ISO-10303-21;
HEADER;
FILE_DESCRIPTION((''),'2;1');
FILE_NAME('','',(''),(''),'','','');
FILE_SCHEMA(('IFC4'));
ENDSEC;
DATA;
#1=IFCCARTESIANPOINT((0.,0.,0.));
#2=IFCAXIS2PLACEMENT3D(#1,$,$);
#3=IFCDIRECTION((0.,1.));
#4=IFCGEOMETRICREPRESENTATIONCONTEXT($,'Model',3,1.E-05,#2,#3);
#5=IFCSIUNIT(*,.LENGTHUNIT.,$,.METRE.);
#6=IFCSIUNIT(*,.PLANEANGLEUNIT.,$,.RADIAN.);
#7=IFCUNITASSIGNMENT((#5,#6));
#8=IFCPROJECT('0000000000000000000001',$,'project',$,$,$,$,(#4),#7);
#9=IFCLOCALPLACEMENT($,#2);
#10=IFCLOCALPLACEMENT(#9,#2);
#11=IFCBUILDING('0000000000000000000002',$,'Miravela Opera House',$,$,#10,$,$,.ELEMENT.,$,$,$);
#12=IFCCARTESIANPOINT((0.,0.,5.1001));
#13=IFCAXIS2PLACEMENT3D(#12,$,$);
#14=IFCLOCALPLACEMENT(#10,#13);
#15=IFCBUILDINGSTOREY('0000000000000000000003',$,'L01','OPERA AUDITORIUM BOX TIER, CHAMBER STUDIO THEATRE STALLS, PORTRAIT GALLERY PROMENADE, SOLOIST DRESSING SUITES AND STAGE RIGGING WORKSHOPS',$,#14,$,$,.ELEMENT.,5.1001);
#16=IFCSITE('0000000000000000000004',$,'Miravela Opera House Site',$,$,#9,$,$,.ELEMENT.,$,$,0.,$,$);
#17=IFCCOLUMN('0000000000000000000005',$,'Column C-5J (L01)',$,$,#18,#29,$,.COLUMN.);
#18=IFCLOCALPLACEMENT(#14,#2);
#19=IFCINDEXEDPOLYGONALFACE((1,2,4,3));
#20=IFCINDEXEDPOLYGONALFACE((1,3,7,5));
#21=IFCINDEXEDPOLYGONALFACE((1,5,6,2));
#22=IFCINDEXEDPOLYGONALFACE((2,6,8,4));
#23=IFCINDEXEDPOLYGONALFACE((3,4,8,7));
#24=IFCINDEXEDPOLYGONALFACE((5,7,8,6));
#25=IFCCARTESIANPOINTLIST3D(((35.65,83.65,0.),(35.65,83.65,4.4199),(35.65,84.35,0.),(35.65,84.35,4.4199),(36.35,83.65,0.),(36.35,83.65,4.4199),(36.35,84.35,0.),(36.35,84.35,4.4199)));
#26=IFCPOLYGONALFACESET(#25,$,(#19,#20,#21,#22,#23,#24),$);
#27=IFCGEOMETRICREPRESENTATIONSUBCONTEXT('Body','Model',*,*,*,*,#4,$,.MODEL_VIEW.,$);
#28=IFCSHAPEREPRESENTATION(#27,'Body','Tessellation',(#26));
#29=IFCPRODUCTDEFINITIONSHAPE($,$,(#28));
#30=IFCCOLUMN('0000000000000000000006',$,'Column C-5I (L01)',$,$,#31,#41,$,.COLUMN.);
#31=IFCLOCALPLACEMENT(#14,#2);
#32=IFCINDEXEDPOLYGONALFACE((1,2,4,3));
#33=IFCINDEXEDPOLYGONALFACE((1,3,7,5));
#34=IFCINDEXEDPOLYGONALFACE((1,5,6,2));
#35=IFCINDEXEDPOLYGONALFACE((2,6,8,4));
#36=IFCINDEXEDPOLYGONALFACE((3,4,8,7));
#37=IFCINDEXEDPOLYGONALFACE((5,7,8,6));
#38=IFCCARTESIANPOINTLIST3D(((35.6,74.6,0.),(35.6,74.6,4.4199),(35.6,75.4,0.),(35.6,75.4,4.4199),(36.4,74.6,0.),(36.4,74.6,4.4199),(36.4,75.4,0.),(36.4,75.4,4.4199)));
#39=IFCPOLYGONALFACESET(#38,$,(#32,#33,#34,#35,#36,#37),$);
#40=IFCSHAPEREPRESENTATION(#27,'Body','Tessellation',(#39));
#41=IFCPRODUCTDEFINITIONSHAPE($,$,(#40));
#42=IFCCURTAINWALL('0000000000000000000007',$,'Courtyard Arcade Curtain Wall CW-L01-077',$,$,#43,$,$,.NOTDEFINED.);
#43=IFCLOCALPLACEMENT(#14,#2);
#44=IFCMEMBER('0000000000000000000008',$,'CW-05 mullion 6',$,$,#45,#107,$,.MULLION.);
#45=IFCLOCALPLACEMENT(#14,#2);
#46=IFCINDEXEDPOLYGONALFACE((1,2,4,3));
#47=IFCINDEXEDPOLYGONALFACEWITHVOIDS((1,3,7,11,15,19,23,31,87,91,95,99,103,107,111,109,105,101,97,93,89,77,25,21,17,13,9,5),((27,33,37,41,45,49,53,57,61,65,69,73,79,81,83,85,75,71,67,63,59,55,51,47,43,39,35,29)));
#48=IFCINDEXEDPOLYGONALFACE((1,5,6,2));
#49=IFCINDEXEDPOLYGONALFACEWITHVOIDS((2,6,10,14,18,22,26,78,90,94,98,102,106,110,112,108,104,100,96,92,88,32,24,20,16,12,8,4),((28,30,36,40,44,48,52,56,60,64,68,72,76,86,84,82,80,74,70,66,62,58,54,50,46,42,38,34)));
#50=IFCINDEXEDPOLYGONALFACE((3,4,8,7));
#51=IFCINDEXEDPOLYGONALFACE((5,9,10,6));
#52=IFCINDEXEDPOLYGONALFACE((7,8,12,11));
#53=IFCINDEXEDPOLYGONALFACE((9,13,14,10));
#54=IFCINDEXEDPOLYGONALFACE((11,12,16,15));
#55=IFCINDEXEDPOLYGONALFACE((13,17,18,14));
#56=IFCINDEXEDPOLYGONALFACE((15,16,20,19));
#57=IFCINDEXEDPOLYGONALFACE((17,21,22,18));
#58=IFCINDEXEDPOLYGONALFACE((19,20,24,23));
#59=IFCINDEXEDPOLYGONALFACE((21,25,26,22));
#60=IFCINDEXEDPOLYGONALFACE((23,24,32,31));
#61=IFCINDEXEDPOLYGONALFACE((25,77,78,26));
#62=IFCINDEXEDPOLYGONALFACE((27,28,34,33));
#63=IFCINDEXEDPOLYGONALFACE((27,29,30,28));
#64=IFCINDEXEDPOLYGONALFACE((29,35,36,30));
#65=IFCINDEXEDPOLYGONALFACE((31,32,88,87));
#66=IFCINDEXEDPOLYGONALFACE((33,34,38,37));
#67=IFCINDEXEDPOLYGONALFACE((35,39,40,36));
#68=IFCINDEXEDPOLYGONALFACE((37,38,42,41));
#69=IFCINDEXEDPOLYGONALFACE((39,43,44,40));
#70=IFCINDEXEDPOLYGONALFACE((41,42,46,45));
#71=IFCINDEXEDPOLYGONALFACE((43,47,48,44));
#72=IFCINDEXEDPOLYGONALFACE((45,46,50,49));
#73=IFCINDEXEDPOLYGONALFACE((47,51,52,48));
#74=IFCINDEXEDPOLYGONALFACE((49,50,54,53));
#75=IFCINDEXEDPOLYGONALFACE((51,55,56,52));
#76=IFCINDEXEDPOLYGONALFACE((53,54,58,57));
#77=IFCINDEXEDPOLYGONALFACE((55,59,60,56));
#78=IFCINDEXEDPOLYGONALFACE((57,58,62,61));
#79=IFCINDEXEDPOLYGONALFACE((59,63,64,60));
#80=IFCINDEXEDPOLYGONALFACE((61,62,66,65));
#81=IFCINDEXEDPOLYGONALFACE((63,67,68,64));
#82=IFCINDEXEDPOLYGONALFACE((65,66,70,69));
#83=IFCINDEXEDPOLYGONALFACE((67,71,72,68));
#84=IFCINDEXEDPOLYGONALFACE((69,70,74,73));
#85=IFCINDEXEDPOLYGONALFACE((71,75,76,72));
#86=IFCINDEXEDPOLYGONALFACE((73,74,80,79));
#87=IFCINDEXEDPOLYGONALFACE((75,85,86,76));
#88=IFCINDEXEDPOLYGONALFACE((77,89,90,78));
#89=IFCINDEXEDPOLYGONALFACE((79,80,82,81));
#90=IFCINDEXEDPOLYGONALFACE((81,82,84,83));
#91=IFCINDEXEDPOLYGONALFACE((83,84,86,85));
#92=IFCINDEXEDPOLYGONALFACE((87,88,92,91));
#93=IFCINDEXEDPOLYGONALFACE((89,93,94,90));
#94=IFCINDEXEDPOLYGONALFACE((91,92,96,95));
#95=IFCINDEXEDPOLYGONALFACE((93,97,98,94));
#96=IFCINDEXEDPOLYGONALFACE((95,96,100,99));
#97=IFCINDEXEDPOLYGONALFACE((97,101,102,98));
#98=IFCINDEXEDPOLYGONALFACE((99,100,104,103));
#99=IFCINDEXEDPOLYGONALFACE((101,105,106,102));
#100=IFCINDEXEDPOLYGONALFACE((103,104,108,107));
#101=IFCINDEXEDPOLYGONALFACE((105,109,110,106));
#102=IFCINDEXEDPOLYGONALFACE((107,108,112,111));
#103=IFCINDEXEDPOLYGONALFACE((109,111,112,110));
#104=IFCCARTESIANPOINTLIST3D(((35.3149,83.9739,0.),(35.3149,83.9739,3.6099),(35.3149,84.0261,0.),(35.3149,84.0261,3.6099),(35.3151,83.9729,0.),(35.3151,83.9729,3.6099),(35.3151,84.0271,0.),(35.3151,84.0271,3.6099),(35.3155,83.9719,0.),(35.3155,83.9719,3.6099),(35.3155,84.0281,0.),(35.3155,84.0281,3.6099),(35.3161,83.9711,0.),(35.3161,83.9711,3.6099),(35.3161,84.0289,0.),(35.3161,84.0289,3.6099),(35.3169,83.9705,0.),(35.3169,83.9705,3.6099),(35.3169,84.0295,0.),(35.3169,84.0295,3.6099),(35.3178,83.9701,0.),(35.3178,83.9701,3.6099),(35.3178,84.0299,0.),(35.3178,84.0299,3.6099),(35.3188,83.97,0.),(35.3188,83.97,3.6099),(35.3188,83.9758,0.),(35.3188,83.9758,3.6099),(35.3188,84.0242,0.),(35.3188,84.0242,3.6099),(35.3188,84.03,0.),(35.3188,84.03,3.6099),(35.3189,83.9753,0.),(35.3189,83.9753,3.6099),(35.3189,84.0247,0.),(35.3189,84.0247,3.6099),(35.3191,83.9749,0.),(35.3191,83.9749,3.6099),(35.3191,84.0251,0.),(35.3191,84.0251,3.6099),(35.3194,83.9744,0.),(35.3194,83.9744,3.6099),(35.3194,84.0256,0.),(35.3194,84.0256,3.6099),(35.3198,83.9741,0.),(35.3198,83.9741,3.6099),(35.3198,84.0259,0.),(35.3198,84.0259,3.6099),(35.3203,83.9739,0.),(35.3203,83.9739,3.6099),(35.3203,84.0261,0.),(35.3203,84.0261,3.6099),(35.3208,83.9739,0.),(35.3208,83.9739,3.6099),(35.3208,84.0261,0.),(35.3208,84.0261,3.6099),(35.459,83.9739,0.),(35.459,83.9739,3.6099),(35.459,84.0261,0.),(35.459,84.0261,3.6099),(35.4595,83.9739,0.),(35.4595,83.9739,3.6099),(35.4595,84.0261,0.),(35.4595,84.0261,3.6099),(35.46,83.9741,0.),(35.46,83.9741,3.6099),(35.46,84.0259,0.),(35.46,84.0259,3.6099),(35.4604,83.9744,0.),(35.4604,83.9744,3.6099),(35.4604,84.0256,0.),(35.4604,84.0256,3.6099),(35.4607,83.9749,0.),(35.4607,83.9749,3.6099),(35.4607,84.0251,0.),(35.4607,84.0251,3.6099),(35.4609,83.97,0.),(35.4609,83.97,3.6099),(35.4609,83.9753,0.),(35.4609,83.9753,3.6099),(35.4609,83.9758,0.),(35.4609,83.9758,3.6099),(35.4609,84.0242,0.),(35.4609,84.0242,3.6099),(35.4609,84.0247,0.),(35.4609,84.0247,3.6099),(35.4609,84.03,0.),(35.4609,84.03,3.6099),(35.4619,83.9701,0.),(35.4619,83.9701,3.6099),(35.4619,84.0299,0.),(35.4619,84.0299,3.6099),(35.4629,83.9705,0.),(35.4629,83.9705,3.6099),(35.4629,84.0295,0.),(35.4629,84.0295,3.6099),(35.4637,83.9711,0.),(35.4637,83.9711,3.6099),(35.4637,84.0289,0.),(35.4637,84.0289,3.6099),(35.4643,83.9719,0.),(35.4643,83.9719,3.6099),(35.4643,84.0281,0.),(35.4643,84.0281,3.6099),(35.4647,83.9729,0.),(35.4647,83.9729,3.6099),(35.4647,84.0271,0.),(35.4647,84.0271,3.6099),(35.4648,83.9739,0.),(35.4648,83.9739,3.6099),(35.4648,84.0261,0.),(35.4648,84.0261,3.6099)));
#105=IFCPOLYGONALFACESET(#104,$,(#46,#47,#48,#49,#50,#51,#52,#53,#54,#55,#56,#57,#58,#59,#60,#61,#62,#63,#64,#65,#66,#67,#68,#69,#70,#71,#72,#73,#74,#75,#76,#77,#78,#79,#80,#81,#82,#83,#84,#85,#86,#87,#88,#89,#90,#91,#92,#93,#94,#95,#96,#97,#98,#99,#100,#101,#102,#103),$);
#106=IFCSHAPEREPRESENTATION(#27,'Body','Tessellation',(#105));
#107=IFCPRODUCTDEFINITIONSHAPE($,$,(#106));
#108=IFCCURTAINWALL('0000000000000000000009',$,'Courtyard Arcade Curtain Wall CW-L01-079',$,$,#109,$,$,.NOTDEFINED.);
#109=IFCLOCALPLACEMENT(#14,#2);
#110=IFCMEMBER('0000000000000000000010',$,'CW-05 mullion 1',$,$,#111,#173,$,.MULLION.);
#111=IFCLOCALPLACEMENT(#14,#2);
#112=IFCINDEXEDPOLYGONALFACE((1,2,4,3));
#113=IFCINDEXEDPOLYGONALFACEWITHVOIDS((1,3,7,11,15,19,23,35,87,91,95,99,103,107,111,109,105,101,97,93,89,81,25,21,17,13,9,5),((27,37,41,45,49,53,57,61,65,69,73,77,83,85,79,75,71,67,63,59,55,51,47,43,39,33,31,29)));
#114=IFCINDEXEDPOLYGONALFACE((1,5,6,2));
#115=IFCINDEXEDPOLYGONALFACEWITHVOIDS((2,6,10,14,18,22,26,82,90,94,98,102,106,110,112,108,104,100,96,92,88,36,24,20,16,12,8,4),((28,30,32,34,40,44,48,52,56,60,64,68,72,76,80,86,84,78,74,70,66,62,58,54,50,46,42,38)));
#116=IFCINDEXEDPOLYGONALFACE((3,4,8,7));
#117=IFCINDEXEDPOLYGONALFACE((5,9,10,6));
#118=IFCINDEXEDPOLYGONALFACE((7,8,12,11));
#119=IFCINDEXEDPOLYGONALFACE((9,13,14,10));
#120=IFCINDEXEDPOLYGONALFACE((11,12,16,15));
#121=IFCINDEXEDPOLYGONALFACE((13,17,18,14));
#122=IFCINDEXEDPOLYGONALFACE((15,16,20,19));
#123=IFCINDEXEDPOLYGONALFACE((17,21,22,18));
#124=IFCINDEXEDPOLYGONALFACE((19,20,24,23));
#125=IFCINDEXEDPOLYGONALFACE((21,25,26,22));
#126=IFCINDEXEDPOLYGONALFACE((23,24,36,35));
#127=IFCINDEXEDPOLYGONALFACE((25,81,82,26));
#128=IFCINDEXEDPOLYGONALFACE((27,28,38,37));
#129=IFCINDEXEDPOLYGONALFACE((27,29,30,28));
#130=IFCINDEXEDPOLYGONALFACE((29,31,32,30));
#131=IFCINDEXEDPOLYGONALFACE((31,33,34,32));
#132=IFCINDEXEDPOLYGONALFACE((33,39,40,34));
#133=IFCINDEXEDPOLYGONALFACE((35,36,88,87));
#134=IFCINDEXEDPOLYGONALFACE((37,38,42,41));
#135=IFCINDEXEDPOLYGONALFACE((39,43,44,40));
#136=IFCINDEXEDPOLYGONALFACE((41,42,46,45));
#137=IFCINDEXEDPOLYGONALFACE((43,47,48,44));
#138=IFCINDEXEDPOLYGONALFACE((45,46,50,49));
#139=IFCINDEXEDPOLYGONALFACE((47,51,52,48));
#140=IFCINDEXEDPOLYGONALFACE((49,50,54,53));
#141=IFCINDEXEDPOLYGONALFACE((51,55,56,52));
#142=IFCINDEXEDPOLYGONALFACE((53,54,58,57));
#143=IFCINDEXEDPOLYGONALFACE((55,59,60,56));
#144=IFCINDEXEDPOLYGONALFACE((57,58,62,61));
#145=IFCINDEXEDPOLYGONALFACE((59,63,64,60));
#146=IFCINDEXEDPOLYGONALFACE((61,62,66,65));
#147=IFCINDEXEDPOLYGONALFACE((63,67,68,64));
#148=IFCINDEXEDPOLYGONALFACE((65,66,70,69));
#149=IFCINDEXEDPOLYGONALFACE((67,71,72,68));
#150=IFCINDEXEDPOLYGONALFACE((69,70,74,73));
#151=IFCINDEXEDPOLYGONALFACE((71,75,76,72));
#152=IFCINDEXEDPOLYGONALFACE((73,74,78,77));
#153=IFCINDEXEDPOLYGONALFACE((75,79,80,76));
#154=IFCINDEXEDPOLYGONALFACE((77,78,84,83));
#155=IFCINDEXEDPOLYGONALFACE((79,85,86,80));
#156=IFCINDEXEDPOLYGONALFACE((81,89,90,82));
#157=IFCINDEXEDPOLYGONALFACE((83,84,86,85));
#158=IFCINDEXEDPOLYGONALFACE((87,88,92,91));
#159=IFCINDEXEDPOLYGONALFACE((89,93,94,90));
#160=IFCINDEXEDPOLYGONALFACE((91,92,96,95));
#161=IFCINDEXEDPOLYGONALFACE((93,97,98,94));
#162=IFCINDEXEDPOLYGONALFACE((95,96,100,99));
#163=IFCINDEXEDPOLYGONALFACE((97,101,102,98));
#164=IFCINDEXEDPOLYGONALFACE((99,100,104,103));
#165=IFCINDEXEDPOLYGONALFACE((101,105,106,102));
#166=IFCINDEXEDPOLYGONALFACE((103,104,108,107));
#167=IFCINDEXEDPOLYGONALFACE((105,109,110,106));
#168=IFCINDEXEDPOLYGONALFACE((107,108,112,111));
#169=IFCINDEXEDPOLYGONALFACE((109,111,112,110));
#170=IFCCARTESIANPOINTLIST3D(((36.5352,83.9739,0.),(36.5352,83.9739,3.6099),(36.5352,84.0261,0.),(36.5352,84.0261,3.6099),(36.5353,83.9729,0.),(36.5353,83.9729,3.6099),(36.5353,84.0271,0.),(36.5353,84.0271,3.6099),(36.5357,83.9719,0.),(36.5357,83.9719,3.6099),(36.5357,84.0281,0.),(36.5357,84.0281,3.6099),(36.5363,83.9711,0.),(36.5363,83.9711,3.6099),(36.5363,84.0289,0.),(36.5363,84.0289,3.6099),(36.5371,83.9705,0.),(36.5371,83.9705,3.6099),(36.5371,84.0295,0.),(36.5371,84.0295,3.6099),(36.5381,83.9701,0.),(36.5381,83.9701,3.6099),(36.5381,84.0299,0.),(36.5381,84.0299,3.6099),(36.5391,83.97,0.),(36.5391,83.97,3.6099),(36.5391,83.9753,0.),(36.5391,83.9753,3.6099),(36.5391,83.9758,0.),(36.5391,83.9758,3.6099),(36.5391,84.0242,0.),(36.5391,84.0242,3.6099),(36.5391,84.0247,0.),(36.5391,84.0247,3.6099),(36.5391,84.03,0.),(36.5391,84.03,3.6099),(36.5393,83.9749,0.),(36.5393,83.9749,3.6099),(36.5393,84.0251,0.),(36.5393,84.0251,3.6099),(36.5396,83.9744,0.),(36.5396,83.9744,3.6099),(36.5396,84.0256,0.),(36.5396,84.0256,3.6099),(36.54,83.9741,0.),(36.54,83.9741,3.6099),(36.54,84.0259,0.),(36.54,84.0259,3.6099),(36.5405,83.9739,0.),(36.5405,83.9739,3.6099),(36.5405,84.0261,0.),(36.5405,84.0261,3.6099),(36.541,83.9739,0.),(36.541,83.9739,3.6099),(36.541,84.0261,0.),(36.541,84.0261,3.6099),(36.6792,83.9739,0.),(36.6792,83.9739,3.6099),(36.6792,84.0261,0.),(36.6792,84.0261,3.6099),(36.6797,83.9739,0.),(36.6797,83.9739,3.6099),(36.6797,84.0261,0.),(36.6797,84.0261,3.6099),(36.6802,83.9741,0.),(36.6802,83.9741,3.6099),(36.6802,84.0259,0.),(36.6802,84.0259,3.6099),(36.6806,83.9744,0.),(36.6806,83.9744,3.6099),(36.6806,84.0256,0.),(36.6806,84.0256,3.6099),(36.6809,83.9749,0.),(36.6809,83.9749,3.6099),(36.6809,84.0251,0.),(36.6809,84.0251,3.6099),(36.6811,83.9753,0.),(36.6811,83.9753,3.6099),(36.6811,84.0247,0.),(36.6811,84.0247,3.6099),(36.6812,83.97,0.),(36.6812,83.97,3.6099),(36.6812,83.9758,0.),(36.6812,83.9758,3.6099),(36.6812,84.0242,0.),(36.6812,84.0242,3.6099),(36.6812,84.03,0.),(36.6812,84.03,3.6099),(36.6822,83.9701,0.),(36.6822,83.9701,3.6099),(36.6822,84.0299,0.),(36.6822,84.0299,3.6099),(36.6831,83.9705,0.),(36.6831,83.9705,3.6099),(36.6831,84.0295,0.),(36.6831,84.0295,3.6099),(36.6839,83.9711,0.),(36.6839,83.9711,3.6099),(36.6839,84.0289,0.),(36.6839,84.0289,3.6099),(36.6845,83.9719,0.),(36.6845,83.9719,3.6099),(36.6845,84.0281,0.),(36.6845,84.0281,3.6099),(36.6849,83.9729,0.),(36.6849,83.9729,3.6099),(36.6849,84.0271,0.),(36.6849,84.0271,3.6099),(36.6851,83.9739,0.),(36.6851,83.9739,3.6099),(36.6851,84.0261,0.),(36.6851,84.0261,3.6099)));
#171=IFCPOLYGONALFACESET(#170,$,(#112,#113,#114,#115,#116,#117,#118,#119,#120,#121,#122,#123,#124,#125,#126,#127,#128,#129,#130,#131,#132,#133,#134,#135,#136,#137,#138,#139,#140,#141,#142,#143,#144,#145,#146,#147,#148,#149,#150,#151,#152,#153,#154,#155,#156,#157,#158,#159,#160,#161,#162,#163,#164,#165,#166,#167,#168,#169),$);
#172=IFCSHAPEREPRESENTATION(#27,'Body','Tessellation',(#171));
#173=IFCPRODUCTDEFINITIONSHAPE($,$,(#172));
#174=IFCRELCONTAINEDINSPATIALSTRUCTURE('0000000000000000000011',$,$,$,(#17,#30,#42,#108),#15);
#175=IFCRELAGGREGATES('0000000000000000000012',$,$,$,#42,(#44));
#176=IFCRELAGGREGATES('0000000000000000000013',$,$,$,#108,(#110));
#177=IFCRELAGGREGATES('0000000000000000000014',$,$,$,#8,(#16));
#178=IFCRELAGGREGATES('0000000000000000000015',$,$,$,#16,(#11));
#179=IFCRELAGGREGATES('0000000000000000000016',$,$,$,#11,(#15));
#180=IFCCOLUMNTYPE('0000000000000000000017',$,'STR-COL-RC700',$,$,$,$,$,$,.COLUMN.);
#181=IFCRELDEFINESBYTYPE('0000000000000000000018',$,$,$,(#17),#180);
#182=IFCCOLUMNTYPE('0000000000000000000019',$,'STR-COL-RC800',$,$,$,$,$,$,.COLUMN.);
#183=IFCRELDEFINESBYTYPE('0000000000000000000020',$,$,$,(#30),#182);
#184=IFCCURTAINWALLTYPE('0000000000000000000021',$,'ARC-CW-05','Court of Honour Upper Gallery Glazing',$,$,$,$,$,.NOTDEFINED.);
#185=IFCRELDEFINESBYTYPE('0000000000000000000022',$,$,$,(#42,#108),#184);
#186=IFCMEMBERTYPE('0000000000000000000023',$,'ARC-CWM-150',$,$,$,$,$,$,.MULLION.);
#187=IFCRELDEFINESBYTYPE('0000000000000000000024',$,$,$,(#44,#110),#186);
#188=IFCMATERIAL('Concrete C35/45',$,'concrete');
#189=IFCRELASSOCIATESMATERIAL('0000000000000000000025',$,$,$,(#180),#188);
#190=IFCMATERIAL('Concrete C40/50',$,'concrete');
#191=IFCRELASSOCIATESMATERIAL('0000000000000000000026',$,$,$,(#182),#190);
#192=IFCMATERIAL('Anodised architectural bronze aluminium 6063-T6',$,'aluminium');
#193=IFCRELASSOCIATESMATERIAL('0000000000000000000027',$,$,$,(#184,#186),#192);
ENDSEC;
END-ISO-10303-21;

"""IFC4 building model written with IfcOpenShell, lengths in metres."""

from ifc_helpers import new_model, si_unit, direction, frame, origin, origin_2d, place, context, subcontext, project, spatial, rectangle, hollow_rectangle, extrude, material, material_profile, profile_set, type_object, element, aggregate, save


model = new_model("IFC4")

# Units and contexts
model_context = context("Model", 3, precision=1e-05, world=origin(), true_north=direction((0.0, 1.0)))
body_context = subcontext(model_context, "Body", "Model", "MODEL_VIEW")
ifc_project = project(units=[si_unit("LENGTHUNIT", "METRE"), si_unit("PLANEANGLEUNIT", "RADIAN")], contexts=[model_context])

# Site, building, storey
site_placement = place(None, origin())
site = spatial("IfcSite", under=ifc_project, at=site_placement, Name="Miravela Opera House Site", CompositionType="ELEMENT", RefElevation=0.0)
building_placement = place(site_placement, origin())
building = spatial("IfcBuilding", under=site, at=building_placement, Name="Miravela Opera House", CompositionType="ELEMENT")
storey_placement = place(building_placement, frame((0.0, 0.0, 5.1001)))
storey = spatial("IfcBuildingStorey", under=building, at=storey_placement, Name="L01", Description="OPERA AUDITORIUM BOX TIER, CHAMBER STUDIO THEATRE STALLS, PORTRAIT GALLERY PROMENADE, SOLOIST DRESSING SUITES AND STAGE RIGGING WORKSHOPS", CompositionType="ELEMENT", Elevation=5.1001)

# Columns
ifc_material_1 = material(Name="Concrete C35/45", Category="concrete")
ifc_material_profile_1 = material_profile(ifc_material_1, rectangle(XDim=0.7, YDim=0.7, at=origin_2d()), Name="RC-COL-700X700")
ifc_profile_set_1 = profile_set([ifc_material_profile_1])
column_type_1 = type_object("IfcColumnType", Name="STR-COL-RC700", PredefinedType="COLUMN", material=ifc_profile_set_1)
column_1_placement = place(storey_placement, frame((36.0, 84.0, 0.0), z_axis=(0.0, 0.0, 1.0), x_axis=(1.0, 0.0, 0.0)))
element("IfcColumn", 1, at=column_1_placement, inside=storey, type_object=column_type_1, Name="Column C-5J (L01)", PredefinedType="COLUMN", context=body_context, shape_type="SweptSolid", body=[
    extrude(rectangle(XDim=0.7, YDim=0.7, at=origin_2d()), origin(), (0.0, 0.0, 1.0), 4.4199),
])
ifc_material_2 = material(Name="Concrete C40/50", Category="concrete")
ifc_material_profile_2 = material_profile(ifc_material_2, rectangle(XDim=0.8, YDim=0.8, at=origin_2d()), Name="RC-COL-800X800")
ifc_profile_set_2 = profile_set([ifc_material_profile_2])
column_type_2 = type_object("IfcColumnType", Name="STR-COL-RC800", PredefinedType="COLUMN", material=ifc_profile_set_2)
column_2_placement = place(storey_placement, frame((36.0, 75.0, 0.0), z_axis=(0.0, 0.0, 1.0), x_axis=(1.0, 0.0, 0.0)))
element("IfcColumn", 2, at=column_2_placement, inside=storey, type_object=column_type_2, Name="Column C-5I (L01)", PredefinedType="COLUMN", context=body_context, shape_type="SweptSolid", body=[
    extrude(rectangle(XDim=0.8, YDim=0.8, at=origin_2d()), origin(), (0.0, 0.0, 1.0), 4.4199),
])

# Curtain wall, member
ifc_material_3 = material(Name="Anodised architectural bronze aluminium 6063-T6", Category="aluminium")
curtain_wall_type = type_object("IfcCurtainWallType", Name="ARC-CW-05", Description="Court of Honour Upper Gallery Glazing", PredefinedType="NOTDEFINED", material=ifc_material_3)
curtain_wall_1_placement = place(storey_placement, origin())
curtain_wall_1 = element("IfcCurtainWall", 3, at=curtain_wall_1_placement, inside=storey, type_object=curtain_wall_type, Name="Courtyard Arcade Curtain Wall CW-L01-077", PredefinedType="NOTDEFINED")
ifc_material_profile_3 = material_profile(ifc_material_3, hollow_rectangle(XDim=0.0601, YDim=0.1499, WallThickness=0.0039, InnerFilletRadius=0.002, OuterFilletRadius=0.0039, at=origin_2d()), Name="CWM-60X150")
ifc_profile_set_3 = profile_set([ifc_material_profile_3])
member_type_1 = type_object("IfcMemberType", Name="ARC-CWM-150", PredefinedType="MULLION", material=ifc_profile_set_3)
member_1_placement = place(storey_placement, frame((35.3899, 84.0, 0.0), z_axis=(0.0, 0.0, 1.0), x_axis=(0.0, 1.0, 0.0)))
member_1 = element("IfcMember", 4, at=member_1_placement, type_object=member_type_1, Name="CW-05 mullion 6", PredefinedType="MULLION", context=body_context, shape_type="SweptSolid", body=[
    extrude(hollow_rectangle(XDim=0.0601, YDim=0.1499, WallThickness=0.0039, InnerFilletRadius=0.002, OuterFilletRadius=0.0039, at=origin_2d()), origin(), (0.0, 0.0, 1.0), 3.6099),
])

# Curtain wall, member
curtain_wall_2_placement = place(storey_placement, origin())
curtain_wall_2 = element("IfcCurtainWall", 5, at=curtain_wall_2_placement, inside=storey, type_object=curtain_wall_type, Name="Courtyard Arcade Curtain Wall CW-L01-079", PredefinedType="NOTDEFINED")
member_2_placement = place(storey_placement, frame((36.6101, 84.0, 0.0), z_axis=(0.0, 0.0, 1.0), x_axis=(0.0, 1.0, 0.0)))
member_2 = element("IfcMember", 6, at=member_2_placement, type_object=member_type_1, Name="CW-05 mullion 1", PredefinedType="MULLION", context=body_context, shape_type="SweptSolid", body=[
    extrude(hollow_rectangle(XDim=0.0601, YDim=0.1499, WallThickness=0.0039, InnerFilletRadius=0.002, OuterFilletRadius=0.0039, at=origin_2d()), origin(), (0.0, 0.0, 1.0), 3.6099),
])

aggregate(curtain_wall_1, [member_1])
aggregate(curtain_wall_2, [member_2])

save(model, "model.ifc")
